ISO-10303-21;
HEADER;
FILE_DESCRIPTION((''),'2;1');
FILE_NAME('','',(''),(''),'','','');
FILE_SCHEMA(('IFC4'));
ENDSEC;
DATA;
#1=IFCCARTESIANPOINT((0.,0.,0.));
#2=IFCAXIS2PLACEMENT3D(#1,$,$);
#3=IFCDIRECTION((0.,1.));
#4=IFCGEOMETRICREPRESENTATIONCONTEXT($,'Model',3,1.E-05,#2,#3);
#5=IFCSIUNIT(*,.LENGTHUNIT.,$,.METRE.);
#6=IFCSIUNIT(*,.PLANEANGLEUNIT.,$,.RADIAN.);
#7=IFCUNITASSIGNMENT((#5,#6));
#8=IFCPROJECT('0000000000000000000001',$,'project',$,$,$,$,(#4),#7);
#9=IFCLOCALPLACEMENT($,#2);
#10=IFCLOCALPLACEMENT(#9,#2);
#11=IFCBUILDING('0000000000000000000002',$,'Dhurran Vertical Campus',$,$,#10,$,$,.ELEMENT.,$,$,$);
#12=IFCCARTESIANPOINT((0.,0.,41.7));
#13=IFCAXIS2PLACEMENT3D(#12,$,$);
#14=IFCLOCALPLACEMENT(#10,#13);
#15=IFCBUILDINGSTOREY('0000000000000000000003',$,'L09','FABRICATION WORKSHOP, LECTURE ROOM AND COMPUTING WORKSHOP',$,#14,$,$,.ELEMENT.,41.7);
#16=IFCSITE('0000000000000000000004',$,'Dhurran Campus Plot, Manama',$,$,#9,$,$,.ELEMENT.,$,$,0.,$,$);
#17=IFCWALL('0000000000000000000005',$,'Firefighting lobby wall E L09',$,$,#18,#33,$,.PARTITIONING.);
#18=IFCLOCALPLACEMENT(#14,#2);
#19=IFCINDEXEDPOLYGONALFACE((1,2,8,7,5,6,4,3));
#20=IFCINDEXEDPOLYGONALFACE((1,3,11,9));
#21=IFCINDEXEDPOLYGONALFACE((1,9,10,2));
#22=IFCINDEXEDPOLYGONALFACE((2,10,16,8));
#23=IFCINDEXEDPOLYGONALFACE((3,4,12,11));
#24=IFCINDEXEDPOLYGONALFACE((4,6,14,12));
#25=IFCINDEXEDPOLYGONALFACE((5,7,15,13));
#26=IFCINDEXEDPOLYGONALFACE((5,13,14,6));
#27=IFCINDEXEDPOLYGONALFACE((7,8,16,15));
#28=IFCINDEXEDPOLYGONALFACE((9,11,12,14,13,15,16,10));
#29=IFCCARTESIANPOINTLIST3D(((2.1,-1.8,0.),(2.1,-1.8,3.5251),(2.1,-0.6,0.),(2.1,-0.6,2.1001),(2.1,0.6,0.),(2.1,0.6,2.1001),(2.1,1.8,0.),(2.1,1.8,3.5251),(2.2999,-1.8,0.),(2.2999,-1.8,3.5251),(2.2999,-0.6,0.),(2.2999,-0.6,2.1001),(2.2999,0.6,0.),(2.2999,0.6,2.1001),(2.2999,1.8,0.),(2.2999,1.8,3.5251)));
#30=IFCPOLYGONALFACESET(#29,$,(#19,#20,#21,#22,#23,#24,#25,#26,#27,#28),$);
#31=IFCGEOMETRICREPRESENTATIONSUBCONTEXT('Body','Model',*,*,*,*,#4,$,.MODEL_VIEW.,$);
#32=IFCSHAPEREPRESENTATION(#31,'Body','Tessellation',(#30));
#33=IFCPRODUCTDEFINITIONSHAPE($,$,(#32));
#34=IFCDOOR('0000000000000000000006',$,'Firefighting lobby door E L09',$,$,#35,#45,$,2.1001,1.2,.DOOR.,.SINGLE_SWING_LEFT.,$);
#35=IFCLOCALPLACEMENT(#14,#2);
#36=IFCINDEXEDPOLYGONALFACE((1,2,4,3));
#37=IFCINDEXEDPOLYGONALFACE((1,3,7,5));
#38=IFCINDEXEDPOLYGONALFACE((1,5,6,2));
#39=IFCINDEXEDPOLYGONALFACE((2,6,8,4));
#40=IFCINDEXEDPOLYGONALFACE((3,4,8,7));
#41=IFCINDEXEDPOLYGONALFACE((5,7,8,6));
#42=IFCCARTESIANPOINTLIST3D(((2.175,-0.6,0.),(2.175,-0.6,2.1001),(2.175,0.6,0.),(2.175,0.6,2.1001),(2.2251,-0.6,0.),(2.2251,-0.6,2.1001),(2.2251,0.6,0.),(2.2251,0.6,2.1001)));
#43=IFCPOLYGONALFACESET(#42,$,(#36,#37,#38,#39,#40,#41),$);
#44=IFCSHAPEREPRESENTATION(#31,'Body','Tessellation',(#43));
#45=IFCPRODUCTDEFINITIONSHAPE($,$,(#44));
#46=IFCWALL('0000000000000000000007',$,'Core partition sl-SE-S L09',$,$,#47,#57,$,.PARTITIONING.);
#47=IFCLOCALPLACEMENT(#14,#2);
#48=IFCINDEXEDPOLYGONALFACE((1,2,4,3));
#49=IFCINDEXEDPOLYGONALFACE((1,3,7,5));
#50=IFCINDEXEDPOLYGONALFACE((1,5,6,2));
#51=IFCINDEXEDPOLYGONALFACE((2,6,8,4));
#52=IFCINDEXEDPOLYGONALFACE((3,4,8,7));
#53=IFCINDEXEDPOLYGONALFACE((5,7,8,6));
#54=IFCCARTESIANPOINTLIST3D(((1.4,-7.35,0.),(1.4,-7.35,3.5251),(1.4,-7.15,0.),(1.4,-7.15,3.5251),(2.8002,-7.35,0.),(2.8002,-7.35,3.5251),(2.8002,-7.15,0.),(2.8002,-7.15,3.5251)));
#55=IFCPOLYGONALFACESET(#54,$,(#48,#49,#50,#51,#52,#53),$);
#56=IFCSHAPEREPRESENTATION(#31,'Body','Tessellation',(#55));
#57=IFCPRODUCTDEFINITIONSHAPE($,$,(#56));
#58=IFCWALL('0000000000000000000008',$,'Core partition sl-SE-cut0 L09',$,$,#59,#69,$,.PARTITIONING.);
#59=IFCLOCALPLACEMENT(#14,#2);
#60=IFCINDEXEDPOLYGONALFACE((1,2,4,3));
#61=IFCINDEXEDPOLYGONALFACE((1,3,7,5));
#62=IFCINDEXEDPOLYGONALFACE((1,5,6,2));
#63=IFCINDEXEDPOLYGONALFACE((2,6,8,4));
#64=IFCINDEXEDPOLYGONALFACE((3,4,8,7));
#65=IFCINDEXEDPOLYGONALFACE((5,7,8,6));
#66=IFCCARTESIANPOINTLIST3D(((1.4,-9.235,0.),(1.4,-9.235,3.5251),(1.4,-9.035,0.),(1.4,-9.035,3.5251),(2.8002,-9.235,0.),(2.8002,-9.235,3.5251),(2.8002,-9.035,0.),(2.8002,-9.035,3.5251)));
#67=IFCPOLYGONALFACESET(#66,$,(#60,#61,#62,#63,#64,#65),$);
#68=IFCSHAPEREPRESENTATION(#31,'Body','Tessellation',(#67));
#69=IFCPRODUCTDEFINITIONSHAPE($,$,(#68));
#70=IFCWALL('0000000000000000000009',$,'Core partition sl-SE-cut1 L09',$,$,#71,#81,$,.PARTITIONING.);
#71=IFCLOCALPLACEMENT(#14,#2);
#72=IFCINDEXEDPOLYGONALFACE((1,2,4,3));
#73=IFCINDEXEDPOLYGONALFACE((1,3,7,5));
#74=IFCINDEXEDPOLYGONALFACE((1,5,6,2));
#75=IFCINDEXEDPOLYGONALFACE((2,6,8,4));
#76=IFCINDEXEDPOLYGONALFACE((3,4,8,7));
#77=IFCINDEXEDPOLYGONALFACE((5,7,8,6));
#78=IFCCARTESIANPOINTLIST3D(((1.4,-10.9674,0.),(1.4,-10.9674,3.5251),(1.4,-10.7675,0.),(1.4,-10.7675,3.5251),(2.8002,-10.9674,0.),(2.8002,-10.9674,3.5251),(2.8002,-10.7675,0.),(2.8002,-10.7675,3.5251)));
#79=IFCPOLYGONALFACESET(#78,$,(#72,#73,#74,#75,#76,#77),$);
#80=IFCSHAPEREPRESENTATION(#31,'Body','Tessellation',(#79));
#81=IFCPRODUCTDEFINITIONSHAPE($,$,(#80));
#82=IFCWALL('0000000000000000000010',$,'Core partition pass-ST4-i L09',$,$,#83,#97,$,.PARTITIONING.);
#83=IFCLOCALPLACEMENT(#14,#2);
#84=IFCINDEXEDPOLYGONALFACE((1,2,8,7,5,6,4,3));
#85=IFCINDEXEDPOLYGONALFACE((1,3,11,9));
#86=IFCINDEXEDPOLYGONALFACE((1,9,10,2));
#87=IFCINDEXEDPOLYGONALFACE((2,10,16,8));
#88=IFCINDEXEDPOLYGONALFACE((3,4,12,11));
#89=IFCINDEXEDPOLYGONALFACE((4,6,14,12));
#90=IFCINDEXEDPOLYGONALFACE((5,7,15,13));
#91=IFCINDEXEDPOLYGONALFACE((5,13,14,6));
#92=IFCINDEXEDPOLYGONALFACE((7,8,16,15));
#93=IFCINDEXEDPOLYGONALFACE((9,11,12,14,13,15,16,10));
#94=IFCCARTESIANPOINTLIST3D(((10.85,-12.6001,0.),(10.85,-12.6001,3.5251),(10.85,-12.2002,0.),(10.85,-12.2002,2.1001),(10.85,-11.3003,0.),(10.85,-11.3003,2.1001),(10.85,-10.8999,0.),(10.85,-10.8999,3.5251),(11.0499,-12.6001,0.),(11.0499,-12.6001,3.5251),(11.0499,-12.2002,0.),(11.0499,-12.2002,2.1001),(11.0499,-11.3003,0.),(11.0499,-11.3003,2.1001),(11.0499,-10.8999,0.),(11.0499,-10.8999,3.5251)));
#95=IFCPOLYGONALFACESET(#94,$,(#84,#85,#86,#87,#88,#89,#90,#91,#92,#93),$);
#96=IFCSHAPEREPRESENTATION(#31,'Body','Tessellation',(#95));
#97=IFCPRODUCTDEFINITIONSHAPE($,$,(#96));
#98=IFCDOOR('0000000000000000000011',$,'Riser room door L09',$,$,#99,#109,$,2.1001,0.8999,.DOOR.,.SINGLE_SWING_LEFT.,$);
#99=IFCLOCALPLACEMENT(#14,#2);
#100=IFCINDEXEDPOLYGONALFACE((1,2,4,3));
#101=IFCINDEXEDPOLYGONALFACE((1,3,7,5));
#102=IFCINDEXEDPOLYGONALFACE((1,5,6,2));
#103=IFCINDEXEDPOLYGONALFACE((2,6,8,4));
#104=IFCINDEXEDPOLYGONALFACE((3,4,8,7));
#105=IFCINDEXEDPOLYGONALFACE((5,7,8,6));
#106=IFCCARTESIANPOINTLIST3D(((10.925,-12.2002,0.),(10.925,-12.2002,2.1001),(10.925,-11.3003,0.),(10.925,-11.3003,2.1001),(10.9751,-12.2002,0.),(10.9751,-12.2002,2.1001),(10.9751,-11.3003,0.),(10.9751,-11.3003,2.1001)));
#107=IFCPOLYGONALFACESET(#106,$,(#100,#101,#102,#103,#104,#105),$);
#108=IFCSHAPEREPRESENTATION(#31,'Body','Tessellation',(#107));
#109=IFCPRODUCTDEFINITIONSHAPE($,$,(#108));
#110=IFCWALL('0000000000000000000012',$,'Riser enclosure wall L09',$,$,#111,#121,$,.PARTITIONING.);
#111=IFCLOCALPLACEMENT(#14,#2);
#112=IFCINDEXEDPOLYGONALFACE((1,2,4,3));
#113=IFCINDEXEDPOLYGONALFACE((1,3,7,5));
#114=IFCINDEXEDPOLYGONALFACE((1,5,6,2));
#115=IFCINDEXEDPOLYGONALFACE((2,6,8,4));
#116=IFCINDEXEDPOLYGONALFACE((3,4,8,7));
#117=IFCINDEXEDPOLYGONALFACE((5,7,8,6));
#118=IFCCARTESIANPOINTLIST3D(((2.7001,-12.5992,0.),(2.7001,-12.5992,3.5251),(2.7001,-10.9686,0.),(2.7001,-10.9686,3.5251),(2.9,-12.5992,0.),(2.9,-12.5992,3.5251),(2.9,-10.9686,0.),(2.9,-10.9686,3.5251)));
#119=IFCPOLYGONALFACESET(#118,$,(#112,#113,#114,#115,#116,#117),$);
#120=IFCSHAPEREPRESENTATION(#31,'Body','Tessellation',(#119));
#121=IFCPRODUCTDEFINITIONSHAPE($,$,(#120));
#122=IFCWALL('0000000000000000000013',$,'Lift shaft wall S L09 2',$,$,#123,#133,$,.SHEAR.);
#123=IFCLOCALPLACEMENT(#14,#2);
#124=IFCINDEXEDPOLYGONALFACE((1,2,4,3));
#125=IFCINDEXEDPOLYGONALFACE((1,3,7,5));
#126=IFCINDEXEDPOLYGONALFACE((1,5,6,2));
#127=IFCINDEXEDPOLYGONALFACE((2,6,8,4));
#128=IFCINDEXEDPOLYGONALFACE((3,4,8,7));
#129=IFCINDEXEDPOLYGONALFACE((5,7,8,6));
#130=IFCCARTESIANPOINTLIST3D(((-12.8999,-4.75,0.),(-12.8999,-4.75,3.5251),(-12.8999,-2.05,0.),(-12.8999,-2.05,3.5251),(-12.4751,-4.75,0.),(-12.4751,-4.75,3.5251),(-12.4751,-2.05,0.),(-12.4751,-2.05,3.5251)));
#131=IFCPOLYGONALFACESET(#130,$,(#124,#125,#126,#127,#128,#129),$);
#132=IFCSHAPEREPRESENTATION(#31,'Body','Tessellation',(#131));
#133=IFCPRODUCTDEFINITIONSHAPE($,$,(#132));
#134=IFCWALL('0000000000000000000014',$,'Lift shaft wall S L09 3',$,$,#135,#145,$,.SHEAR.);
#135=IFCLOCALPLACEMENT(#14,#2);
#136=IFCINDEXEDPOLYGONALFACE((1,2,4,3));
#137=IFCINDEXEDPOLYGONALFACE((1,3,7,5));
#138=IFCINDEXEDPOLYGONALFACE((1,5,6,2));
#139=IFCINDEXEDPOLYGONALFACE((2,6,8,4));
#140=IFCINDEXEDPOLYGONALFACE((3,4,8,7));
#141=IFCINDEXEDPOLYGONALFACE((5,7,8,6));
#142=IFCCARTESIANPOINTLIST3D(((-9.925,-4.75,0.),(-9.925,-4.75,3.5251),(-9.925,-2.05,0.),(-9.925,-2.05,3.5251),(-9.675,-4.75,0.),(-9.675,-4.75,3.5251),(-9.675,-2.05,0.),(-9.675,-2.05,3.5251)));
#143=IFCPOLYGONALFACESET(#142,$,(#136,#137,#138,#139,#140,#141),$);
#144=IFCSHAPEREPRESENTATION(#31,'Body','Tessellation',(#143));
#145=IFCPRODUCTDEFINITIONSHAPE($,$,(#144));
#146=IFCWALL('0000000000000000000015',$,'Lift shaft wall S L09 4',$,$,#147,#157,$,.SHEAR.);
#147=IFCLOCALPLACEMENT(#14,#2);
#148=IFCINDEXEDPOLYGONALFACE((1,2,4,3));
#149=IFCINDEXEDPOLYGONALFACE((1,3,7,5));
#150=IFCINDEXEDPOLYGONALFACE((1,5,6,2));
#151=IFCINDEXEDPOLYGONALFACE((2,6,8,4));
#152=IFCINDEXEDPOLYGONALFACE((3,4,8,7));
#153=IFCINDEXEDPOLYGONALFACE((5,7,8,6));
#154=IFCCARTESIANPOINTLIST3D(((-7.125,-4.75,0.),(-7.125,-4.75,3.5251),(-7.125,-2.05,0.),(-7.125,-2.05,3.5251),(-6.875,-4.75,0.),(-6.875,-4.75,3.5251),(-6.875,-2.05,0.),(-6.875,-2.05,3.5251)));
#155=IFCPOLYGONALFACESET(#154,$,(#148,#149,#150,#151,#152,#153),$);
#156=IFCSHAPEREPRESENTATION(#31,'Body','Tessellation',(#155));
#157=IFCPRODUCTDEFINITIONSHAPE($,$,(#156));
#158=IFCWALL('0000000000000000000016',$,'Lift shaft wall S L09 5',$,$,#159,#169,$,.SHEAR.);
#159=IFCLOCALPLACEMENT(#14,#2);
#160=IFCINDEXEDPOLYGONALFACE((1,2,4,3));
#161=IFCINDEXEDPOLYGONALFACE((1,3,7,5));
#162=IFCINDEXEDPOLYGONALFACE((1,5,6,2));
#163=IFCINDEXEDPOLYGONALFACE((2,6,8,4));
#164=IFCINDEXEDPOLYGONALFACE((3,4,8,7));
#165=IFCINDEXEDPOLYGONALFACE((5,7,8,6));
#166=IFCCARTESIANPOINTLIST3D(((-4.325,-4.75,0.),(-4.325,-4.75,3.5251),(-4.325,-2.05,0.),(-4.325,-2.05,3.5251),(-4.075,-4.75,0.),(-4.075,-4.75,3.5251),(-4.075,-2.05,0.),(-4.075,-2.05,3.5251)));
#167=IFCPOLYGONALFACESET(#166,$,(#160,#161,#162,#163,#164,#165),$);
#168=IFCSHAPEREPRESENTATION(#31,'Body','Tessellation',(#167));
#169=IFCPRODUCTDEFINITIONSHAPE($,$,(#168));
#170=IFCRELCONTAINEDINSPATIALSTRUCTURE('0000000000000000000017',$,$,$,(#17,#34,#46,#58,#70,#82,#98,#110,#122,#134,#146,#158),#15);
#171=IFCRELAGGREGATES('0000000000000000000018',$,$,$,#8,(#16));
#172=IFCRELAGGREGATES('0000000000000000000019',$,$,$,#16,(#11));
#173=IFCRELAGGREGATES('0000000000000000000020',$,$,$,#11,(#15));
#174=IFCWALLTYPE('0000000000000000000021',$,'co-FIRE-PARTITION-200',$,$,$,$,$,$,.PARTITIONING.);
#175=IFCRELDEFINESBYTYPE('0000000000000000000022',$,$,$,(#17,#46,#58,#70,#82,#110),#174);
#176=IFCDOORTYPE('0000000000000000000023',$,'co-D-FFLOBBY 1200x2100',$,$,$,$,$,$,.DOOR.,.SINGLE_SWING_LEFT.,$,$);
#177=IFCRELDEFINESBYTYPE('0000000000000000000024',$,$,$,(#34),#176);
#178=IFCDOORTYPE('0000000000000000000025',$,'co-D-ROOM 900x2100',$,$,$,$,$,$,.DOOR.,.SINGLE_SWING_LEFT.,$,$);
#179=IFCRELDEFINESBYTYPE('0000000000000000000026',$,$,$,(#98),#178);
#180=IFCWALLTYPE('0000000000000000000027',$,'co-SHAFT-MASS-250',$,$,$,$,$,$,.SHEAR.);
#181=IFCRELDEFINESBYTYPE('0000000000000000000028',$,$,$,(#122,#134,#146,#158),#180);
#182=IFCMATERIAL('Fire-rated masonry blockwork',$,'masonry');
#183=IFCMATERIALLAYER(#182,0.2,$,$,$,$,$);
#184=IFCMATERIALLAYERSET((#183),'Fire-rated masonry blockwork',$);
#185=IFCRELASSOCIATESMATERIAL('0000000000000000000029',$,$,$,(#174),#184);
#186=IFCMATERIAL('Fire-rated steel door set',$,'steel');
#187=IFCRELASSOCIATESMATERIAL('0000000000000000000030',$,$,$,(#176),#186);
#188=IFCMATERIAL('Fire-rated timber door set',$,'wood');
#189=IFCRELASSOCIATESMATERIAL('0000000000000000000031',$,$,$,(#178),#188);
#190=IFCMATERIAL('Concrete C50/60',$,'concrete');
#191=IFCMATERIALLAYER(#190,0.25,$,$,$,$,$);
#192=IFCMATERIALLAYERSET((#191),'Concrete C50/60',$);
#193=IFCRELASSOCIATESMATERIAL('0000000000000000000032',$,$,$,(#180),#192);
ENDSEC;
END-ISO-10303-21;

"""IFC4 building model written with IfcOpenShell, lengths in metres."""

from ifc_helpers import new_model, si_unit, direction, frame, frame_2d, origin, place, context, subcontext, project, spatial, polyline, rectangle, outline, extrude, material, layer, layer_set, type_object, element, fill, save


model = new_model("IFC4")

# Units and contexts
model_context = context("Model", 3, precision=1e-05, world=origin(), true_north=direction((0.0, 1.0)))
body_context = subcontext(model_context, "Body", "Model", "MODEL_VIEW")
ifc_project = project(units=[si_unit("LENGTHUNIT", "METRE"), si_unit("PLANEANGLEUNIT", "RADIAN")], contexts=[model_context])

# Site, building, storey
site_placement = place(None, origin())
site = spatial("IfcSite", under=ifc_project, at=site_placement, Name="Dhurran Campus Plot, Manama", CompositionType="ELEMENT", RefElevation=0.0)
building_placement = place(site_placement, origin())
building = spatial("IfcBuilding", under=site, at=building_placement, Name="Dhurran Vertical Campus", CompositionType="ELEMENT")
storey_placement = place(building_placement, frame((0.0, 0.0, 41.7)))
storey = spatial("IfcBuildingStorey", under=building, at=storey_placement, Name="L09", Description="FABRICATION WORKSHOP, LECTURE ROOM AND COMPUTING WORKSHOP", CompositionType="ELEMENT", Elevation=41.7)

# Wall, opening, door
ifc_material_1 = material(Name="Fire-rated masonry blockwork", Category="masonry")
ifc_layer_1 = layer(ifc_material_1, 0.2)
ifc_layer_set_1 = layer_set([ifc_layer_1], Name="Fire-rated masonry blockwork")
wall_type_1 = type_object("IfcWallType", Name="co-FIRE-PARTITION-200", PredefinedType="PARTITIONING", material=ifc_layer_set_1)
wall_1_placement = place(storey_placement, frame((2.2, -1.8, 0.0), z_axis=(0.0, 0.0, 1.0), x_axis=(0.0, 1.0, 0.0)))
wall_1 = element("IfcWall", 1, at=wall_1_placement, inside=storey, type_object=wall_type_1, Name="Firefighting lobby wall E L09", PredefinedType="PARTITIONING", context=body_context, shape_type="SweptSolid", body=[
    extrude(rectangle(XDim=3.6001, YDim=0.2, at=frame_2d((1.8, 0.0))), origin(), (0.0, 0.0, 1.0), 3.5251),
])
opening_1_placement = place(wall_1_placement, frame((1.2, 0.0, 0.0)))
opening_1 = element("IfcOpeningElement", 2, at=opening_1_placement, cuts=wall_1, PredefinedType="OPENING", context=body_context, shape_type="SweptSolid", body=[
    extrude(rectangle(XDim=1.2, YDim=2.1001, at=frame_2d((0.6001, 1.05))), frame((0.0, 0.1099, 0.0), z_axis=(0.0, -1.0, 0.0), x_axis=(1.0, 0.0, 0.0)), (0.0, 0.0, 1.0), 0.22),
])
ifc_material_2 = material(Name="Fire-rated steel door set", Category="steel")
door_type_1 = type_object("IfcDoorType", Name="co-D-FFLOBBY 1200x2100", OperationType="SINGLE_SWING_LEFT", PredefinedType="DOOR", material=ifc_material_2)
door_1_placement = place(opening_1_placement, origin())
door_1 = element("IfcDoor", 3, at=door_1_placement, inside=storey, type_object=door_type_1, Name="Firefighting lobby door E L09", OperationType="SINGLE_SWING_LEFT", OverallHeight=2.1001, OverallWidth=1.2, PredefinedType="DOOR", context=body_context, shape_type="SweptSolid", body=[
    extrude(rectangle(XDim=1.2, YDim=2.1001, at=frame_2d((0.6001, 1.05))), frame((0.0, 0.0249, 0.0), z_axis=(0.0, -1.0, 0.0), x_axis=(1.0, 0.0, 0.0)), (0.0, 0.0, 1.0), 0.05),
])
fill(opening_1, door_1)

# Walls
for number, where, z_axis, x_axis, name in (
    (4, (1.3999, -7.25, 0.0), (0.0, 0.0, 1.0), (1.0, 0.0, 0.0), "Core partition sl-SE-S L09"),
    (5, (1.3999, -9.135, 0.0), (0.0, 0.0, 1.0), (1.0, 0.0, 0.0), "Core partition sl-SE-cut0 L09"),
    (6, (1.3999, -10.8674, 0.0), (0.0, 0.0, 1.0), (1.0, 0.0, 0.0), "Core partition sl-SE-cut1 L09"),
):
    element("IfcWall", number, at=place(storey_placement, frame(where, z_axis=z_axis, x_axis=x_axis)), inside=storey, type_object=wall_type_1, Name=name, PredefinedType="PARTITIONING", context=body_context, shape_type="SweptSolid", body=[
        extrude(rectangle(XDim=1.4001, YDim=0.2, at=frame_2d((0.7002, 0.0))), origin(), (0.0, 0.0, 1.0), 3.5251),
    ])

# Wall, opening, door
wall_2_placement = place(storey_placement, frame((10.95, -12.6001, 0.0), z_axis=(0.0, 0.0, 1.0), x_axis=(0.0, 1.0, 0.0)))
wall_2 = element("IfcWall", 7, at=wall_2_placement, inside=storey, type_object=wall_type_1, Name="Core partition pass-ST4-i L09", PredefinedType="PARTITIONING", context=body_context, shape_type="SweptSolid", body=[
    extrude(rectangle(XDim=1.7002, YDim=0.2, at=frame_2d((0.8501, 0.0))), origin(), (0.0, 0.0, 1.0), 3.5251),
])
opening_2_placement = place(wall_2_placement, frame((0.3999, 0.0, 0.0)))
opening_2 = element("IfcOpeningElement", 8, at=opening_2_placement, cuts=wall_2, PredefinedType="OPENING", context=body_context, shape_type="SweptSolid", body=[
    extrude(rectangle(XDim=0.8999, YDim=2.1001, at=frame_2d((0.45, 1.05))), frame((0.0, 0.1099, 0.0), z_axis=(0.0, -1.0, 0.0), x_axis=(1.0, 0.0, 0.0)), (0.0, 0.0, 1.0), 0.22),
])
ifc_material_3 = material(Name="Fire-rated timber door set", Category="wood")
door_type_2 = type_object("IfcDoorType", Name="co-D-ROOM 900x2100", OperationType="SINGLE_SWING_LEFT", PredefinedType="DOOR", material=ifc_material_3)
door_2_placement = place(opening_2_placement, origin())
door_2 = element("IfcDoor", 9, at=door_2_placement, inside=storey, type_object=door_type_2, Name="Riser room door L09", OperationType="SINGLE_SWING_LEFT", OverallHeight=2.1001, OverallWidth=0.8999, PredefinedType="DOOR", context=body_context, shape_type="SweptSolid", body=[
    extrude(rectangle(XDim=0.8999, YDim=2.1001, at=frame_2d((0.45, 1.05))), frame((0.0, 0.0249, 0.0), z_axis=(0.0, -1.0, 0.0), x_axis=(1.0, 0.0, 0.0)), (0.0, 0.0, 1.0), 0.05),
])
fill(opening_2, door_2)

# Walls
wall_3_placement = place(storey_placement, frame((2.8, -10.9685, 0.0), z_axis=(0.0, 0.0, 1.0), x_axis=(0.0, -1.0, 0.0)))
element("IfcWall", 10, at=wall_3_placement, inside=storey, type_object=wall_type_1, Name="Riser enclosure wall L09", PredefinedType="PARTITIONING", context=body_context, shape_type="SweptSolid", body=[
    extrude(rectangle(XDim=1.6306, YDim=0.2, at=frame_2d((0.8154, 0.0))), origin(), (0.0, 0.0, 1.0), 3.5251),
])
ifc_material_4 = material(Name="Concrete C50/60", Category="concrete")
ifc_layer_2 = layer(ifc_material_4, 0.25)
ifc_layer_set_2 = layer_set([ifc_layer_2], Name="Concrete C50/60")
wall_type_2 = type_object("IfcWallType", Name="co-SHAFT-MASS-250", PredefinedType="SHEAR", material=ifc_layer_set_2)
wall_4_placement = place(storey_placement, origin())
element("IfcWall", 11, at=wall_4_placement, inside=storey, type_object=wall_type_2, Name="Lift shaft wall S L09 2", PredefinedType="SHEAR", context=body_context, shape_type="SweptSolid", body=[
    extrude(outline(polyline([(-12.8999, -4.75), (-12.4751, -4.75), (-12.4751, -2.05), (-12.8999, -2.05), (-12.8999, -4.75)])), origin(), (0.0, 0.0, 1.0), 3.5251),
])
wall_5_placement = place(storey_placement, origin())
element("IfcWall", 12, at=wall_5_placement, inside=storey, type_object=wall_type_2, Name="Lift shaft wall S L09 3", PredefinedType="SHEAR", context=body_context, shape_type="SweptSolid", body=[
    extrude(outline(polyline([(-9.925, -4.75), (-9.675, -4.75), (-9.675, -2.05), (-9.925, -2.05), (-9.925, -4.75)])), origin(), (0.0, 0.0, 1.0), 3.5251),
])
wall_6_placement = place(storey_placement, origin())
element("IfcWall", 13, at=wall_6_placement, inside=storey, type_object=wall_type_2, Name="Lift shaft wall S L09 4", PredefinedType="SHEAR", context=body_context, shape_type="SweptSolid", body=[
    extrude(outline(polyline([(-7.125, -4.75), (-6.875, -4.75), (-6.875, -2.05), (-7.125, -2.05), (-7.125, -4.75)])), origin(), (0.0, 0.0, 1.0), 3.5251),
])
wall_7_placement = place(storey_placement, origin())
element("IfcWall", 14, at=wall_7_placement, inside=storey, type_object=wall_type_2, Name="Lift shaft wall S L09 5", PredefinedType="SHEAR", context=body_context, shape_type="SweptSolid", body=[
    extrude(outline(polyline([(-4.325, -4.75), (-4.075, -4.75), (-4.075, -2.05), (-4.325, -2.05), (-4.325, -4.75)])), origin(), (0.0, 0.0, 1.0), 3.5251),
])

save(model, "model.ifc")
